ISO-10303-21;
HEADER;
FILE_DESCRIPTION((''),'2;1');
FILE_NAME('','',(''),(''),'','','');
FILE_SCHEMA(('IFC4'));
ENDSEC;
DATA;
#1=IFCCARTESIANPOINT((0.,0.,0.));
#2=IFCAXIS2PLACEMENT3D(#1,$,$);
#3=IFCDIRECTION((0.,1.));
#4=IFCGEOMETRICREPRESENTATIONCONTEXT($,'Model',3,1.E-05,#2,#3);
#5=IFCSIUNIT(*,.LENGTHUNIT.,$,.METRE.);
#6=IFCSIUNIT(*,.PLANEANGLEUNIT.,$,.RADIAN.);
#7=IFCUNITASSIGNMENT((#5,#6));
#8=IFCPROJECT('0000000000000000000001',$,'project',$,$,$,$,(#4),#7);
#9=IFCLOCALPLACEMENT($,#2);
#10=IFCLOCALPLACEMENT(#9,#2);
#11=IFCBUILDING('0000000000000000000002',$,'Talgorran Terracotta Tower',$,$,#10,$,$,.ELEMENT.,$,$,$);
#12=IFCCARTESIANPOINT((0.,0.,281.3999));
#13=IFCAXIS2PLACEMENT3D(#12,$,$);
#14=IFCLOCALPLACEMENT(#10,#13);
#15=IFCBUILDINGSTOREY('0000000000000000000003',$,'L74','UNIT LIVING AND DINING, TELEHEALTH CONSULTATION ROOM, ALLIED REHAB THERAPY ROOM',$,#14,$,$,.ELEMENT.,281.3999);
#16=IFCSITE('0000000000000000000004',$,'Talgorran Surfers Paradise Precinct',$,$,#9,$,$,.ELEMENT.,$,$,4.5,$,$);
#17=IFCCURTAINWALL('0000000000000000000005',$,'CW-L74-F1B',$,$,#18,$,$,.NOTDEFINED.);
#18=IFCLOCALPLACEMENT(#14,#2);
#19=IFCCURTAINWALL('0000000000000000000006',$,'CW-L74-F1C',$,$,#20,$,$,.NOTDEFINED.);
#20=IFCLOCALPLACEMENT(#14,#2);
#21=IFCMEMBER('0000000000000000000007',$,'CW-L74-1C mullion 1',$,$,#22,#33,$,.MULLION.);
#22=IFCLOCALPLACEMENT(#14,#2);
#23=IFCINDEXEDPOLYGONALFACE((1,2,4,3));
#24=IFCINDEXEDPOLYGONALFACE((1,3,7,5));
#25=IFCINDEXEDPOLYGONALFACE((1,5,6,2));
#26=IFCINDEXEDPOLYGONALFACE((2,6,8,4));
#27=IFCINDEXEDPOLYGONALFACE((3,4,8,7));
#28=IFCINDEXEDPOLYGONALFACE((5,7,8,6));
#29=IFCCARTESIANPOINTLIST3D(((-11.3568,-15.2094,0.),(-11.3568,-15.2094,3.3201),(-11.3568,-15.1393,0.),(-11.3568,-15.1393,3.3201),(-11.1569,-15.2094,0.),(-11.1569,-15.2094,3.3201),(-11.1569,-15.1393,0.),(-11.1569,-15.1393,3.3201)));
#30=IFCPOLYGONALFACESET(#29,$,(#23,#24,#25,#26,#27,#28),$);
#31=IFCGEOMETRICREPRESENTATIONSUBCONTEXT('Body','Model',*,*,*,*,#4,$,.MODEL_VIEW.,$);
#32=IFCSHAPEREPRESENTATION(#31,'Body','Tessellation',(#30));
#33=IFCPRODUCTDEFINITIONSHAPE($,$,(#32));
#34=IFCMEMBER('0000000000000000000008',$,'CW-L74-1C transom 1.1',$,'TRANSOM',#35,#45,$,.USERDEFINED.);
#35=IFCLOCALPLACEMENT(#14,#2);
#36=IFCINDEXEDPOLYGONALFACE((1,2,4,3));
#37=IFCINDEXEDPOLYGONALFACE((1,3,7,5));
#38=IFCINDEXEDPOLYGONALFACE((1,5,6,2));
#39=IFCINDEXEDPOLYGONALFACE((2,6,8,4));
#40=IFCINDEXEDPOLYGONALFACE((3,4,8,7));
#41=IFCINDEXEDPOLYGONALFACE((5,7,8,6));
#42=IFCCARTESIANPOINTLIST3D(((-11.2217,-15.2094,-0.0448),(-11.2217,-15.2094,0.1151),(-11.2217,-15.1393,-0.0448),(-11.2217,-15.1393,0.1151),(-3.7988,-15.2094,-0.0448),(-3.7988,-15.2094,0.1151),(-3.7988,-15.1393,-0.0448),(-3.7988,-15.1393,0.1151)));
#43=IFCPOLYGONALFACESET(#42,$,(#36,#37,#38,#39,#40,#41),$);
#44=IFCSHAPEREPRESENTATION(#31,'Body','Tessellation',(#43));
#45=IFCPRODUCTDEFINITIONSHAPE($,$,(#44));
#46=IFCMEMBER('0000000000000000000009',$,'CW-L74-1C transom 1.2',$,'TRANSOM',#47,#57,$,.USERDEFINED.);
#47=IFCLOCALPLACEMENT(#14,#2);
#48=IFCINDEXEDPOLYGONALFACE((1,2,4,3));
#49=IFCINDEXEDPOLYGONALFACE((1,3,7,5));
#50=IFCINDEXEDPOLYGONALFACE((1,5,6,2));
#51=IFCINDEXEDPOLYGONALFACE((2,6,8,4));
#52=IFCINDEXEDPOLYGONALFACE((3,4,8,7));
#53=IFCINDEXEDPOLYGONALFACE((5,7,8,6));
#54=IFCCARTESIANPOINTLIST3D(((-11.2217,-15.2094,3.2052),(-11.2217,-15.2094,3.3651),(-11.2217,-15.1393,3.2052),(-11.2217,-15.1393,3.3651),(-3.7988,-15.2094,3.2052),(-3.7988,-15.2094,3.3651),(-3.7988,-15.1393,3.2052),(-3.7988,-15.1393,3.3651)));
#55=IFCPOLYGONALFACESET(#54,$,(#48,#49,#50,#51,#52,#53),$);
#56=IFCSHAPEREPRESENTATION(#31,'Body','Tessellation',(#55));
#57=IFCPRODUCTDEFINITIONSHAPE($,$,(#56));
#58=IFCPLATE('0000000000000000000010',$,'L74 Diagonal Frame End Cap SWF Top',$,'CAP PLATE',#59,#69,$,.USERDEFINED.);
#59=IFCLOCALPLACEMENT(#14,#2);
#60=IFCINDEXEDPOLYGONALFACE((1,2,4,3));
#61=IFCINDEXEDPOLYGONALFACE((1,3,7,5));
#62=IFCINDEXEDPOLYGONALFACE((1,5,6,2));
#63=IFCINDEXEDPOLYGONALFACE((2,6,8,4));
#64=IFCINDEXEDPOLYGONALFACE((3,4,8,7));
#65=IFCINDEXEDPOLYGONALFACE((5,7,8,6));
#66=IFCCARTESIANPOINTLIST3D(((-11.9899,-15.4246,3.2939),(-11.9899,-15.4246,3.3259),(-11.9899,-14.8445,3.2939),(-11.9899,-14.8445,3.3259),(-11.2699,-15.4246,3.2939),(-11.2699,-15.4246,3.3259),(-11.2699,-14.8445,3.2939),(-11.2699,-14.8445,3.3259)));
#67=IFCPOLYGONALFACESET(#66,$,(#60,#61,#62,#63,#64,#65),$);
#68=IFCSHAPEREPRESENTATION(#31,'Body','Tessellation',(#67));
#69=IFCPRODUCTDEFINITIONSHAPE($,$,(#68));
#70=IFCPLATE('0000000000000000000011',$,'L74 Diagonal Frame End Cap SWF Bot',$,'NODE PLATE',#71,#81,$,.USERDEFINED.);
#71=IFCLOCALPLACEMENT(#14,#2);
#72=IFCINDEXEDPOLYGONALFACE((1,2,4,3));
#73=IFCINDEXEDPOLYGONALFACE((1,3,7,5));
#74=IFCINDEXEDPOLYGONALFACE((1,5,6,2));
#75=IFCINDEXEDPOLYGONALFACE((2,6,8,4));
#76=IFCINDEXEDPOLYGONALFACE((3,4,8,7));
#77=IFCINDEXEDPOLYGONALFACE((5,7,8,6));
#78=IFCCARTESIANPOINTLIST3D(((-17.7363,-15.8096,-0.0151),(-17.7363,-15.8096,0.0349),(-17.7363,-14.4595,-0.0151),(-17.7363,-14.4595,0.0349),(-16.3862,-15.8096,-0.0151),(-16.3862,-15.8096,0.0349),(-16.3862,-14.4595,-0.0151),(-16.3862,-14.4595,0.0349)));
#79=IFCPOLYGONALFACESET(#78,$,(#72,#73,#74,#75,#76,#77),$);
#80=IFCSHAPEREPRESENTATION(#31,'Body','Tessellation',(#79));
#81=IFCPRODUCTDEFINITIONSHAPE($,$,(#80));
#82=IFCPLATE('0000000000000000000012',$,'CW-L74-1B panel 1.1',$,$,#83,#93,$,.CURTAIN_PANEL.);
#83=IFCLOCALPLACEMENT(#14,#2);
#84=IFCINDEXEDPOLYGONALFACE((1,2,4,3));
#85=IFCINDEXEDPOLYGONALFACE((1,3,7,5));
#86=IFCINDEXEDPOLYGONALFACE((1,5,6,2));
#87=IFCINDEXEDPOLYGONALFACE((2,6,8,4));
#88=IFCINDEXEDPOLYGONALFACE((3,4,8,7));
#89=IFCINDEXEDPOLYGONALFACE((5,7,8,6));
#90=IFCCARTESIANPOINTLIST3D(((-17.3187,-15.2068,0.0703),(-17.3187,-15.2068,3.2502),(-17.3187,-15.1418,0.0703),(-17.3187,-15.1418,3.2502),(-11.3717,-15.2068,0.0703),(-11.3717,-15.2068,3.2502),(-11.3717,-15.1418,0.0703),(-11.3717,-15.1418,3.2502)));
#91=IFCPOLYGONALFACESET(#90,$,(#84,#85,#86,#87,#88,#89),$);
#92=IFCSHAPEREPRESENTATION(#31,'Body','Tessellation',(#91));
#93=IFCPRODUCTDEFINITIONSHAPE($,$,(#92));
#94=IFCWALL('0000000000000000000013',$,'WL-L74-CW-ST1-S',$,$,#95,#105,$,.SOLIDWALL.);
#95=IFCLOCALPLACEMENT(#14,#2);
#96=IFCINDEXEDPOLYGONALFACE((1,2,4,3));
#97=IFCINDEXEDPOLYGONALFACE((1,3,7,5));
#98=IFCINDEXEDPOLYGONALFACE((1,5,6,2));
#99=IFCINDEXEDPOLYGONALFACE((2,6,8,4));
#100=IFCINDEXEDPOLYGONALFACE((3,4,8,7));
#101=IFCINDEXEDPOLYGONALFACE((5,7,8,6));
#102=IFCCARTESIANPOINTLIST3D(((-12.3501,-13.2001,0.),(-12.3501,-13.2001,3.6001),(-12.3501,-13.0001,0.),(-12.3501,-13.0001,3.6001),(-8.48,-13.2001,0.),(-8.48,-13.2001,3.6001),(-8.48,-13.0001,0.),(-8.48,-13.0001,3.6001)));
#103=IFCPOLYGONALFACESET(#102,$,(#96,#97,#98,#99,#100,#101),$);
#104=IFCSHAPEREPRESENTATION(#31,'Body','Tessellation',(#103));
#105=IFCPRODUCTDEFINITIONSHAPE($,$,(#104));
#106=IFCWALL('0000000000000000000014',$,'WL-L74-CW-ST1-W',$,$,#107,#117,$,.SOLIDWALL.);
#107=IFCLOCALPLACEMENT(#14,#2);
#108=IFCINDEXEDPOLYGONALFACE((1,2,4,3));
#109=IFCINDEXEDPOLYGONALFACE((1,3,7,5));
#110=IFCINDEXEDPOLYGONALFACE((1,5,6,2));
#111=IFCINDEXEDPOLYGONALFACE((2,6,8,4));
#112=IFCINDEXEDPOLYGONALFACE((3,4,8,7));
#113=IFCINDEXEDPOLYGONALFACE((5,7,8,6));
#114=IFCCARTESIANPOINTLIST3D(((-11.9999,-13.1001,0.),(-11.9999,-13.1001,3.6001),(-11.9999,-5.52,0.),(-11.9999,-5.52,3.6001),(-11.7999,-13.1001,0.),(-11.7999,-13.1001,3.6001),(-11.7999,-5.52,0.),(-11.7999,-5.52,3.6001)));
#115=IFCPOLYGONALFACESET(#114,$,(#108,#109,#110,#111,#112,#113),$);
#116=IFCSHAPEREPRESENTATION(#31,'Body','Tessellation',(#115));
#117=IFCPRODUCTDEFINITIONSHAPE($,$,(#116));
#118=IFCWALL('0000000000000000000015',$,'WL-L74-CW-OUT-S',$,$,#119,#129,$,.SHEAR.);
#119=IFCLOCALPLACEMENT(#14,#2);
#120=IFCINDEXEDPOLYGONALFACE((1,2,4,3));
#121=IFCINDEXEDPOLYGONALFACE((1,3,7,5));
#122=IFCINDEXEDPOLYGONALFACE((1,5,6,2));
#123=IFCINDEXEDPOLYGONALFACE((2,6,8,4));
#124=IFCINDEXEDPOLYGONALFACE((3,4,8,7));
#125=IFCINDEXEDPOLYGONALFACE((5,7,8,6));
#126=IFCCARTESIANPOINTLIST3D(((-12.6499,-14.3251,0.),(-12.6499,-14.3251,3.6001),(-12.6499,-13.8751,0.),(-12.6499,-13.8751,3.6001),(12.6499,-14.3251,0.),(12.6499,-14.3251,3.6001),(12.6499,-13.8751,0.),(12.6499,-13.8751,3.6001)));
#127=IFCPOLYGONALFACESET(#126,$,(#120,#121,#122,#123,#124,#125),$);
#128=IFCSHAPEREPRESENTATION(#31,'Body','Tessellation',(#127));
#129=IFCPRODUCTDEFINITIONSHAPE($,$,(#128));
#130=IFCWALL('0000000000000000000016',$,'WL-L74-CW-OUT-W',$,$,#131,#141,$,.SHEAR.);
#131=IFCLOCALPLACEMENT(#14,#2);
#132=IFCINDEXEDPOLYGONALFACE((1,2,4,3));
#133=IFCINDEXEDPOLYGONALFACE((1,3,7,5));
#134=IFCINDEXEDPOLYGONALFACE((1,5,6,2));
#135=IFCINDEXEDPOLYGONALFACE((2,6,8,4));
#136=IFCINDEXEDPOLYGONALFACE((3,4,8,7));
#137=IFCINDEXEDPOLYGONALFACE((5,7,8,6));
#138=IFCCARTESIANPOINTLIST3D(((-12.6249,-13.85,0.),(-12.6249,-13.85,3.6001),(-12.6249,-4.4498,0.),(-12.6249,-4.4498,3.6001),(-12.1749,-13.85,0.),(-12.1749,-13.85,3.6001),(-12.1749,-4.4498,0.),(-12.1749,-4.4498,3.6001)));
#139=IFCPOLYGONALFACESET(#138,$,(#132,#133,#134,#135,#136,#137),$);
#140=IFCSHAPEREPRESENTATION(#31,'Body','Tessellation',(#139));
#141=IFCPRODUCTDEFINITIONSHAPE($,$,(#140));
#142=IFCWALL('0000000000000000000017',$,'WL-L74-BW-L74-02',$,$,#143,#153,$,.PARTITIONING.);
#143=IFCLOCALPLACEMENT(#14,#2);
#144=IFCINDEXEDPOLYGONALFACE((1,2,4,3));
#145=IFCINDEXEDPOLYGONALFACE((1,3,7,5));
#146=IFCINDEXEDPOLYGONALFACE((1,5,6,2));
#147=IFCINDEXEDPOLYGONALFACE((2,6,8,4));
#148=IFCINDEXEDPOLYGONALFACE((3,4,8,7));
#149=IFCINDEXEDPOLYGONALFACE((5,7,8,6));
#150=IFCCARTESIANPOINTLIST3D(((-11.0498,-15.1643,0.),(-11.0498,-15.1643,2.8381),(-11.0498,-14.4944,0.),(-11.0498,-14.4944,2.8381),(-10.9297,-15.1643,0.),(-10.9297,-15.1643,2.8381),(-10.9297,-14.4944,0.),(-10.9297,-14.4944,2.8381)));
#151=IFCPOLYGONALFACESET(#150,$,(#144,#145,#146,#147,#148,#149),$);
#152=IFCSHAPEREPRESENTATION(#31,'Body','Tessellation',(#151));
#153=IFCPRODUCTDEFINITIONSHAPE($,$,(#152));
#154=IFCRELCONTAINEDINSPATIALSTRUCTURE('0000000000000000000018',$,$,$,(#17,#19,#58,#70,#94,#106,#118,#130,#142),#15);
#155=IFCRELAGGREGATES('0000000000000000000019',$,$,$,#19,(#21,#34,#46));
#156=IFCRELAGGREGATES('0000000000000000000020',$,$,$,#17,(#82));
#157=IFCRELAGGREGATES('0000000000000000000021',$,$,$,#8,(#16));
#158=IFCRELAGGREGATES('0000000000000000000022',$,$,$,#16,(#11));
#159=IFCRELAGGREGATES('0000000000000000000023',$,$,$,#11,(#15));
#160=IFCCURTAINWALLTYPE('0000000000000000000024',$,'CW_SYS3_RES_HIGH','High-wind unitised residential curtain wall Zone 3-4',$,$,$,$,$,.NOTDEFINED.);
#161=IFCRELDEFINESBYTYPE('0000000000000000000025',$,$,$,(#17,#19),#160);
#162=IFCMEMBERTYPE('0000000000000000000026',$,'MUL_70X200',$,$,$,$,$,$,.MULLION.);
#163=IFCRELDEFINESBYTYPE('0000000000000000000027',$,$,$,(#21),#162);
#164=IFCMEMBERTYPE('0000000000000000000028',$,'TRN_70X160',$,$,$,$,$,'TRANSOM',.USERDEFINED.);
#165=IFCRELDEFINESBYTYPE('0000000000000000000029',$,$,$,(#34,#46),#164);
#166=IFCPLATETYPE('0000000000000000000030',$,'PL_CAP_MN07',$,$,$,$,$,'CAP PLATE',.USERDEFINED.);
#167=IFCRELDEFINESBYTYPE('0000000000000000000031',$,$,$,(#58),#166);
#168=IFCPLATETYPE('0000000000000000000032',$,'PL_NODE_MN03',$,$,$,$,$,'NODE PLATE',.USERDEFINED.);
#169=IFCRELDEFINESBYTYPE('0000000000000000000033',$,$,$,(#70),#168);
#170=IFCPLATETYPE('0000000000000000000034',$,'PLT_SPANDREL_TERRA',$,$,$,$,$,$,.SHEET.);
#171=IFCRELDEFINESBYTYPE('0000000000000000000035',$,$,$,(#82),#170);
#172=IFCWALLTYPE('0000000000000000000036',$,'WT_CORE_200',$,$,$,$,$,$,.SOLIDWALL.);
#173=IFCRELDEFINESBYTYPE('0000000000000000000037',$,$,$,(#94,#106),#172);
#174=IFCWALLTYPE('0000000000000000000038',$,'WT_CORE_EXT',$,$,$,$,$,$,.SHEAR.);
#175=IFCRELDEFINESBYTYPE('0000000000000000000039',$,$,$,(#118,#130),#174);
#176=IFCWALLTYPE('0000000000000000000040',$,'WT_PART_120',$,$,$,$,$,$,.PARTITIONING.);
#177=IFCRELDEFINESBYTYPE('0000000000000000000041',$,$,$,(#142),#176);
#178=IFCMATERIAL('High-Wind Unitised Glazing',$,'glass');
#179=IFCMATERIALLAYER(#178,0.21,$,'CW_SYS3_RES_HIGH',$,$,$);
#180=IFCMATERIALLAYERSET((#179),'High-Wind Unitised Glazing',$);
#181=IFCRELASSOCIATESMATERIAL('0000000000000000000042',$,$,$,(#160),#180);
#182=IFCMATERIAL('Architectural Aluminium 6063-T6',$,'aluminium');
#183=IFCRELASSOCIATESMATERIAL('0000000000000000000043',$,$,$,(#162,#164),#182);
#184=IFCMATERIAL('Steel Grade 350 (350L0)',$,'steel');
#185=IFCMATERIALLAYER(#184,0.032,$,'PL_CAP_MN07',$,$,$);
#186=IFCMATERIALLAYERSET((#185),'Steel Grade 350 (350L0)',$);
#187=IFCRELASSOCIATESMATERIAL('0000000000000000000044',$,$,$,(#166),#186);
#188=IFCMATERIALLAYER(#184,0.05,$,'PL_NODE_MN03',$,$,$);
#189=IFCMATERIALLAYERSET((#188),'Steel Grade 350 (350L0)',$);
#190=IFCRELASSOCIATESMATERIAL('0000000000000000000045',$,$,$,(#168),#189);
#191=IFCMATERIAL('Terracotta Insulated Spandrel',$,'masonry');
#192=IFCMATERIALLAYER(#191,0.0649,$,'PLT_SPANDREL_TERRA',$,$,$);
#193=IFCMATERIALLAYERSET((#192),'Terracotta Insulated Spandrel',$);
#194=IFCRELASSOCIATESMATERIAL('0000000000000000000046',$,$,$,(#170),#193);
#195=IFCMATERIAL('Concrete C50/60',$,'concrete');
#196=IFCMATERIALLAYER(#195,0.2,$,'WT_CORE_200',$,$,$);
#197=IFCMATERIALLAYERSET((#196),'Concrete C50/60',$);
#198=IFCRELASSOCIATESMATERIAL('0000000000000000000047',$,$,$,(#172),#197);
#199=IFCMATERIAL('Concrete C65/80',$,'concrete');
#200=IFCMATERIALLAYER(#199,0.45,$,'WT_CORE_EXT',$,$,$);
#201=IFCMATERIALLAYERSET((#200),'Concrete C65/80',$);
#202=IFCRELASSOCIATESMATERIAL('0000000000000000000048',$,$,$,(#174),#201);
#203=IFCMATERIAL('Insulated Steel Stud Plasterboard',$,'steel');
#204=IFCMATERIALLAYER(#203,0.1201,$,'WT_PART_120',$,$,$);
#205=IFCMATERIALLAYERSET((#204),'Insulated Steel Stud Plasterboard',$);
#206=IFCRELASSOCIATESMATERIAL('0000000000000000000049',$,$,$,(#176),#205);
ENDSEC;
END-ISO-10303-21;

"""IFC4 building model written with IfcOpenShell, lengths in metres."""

from ifc_helpers import new_model, si_unit, direction, frame, frame_2d, origin, origin_2d, place, context, subcontext, project, spatial, rectangle, extrude, source, transform, mapped, material, layer, layer_set, material_profile, profile_set, type_object, type_shapes, element, aggregate, save


model = new_model("IFC4")

# Units and contexts
model_context = context("Model", 3, precision=1e-05, world=origin(), true_north=direction((0.0, 1.0)))
body_context = subcontext(model_context, "Body", "Model", "MODEL_VIEW")
ifc_project = project(units=[si_unit("LENGTHUNIT", "METRE"), si_unit("PLANEANGLEUNIT", "RADIAN")], contexts=[model_context])

# Site, building, storey
site_placement = place(None, origin())
site = spatial("IfcSite", under=ifc_project, at=site_placement, Name="Talgorran Surfers Paradise Precinct", CompositionType="ELEMENT", RefElevation=4.5)
building_placement = place(site_placement, origin())
building = spatial("IfcBuilding", under=site, at=building_placement, Name="Talgorran Terracotta Tower", CompositionType="ELEMENT")
storey_placement = place(building_placement, frame((0.0, 0.0, 281.3999)))
storey = spatial("IfcBuildingStorey", under=building, at=storey_placement, Name="L74", Description="UNIT LIVING AND DINING, TELEHEALTH CONSULTATION ROOM, ALLIED REHAB THERAPY ROOM", CompositionType="ELEMENT", Elevation=281.3999)

# Shared definitions
ifc_material_1 = material(Name="Steel Grade 350 (350L0)", Category="steel")

# Curtain wall
ifc_material_2 = material(Name="High-Wind Unitised Glazing", Category="glass")
ifc_layer_1 = layer(ifc_material_2, 0.21, Name="CW_SYS3_RES_HIGH")
ifc_layer_set_1 = layer_set([ifc_layer_1], Name="High-Wind Unitised Glazing")
curtain_wall_type = type_object("IfcCurtainWallType", Name="CW_SYS3_RES_HIGH", Description="High-wind unitised residential curtain wall Zone 3-4", PredefinedType="NOTDEFINED", material=ifc_layer_set_1)
curtain_wall_1_placement = place(storey_placement, origin())
curtain_wall_1 = element("IfcCurtainWall", 1, at=curtain_wall_1_placement, inside=storey, type_object=curtain_wall_type, Name="CW-L74-F1B", PredefinedType="NOTDEFINED")
ifc_material_3 = material(Name="Architectural Aluminium 6063-T6", Category="aluminium")
ifc_material_profile_1 = material_profile(ifc_material_3, rectangle(XDim=0.0701, YDim=0.2, at=origin_2d()), Name="CWM70X200")
ifc_profile_set_1 = profile_set([ifc_material_profile_1], Name="Architectural Aluminium 6063-T6")
member_type_1 = type_object("IfcMemberType", Name="MUL_70X200", PredefinedType="MULLION", material=ifc_profile_set_1)

# Curtain wall, members
curtain_wall_2_placement = place(storey_placement, origin())
curtain_wall_2 = element("IfcCurtainWall", 2, at=curtain_wall_2_placement, inside=storey, type_object=curtain_wall_type, Name="CW-L74-F1C", PredefinedType="NOTDEFINED")
member_1_placement = place(storey_placement, frame((-11.2568, -15.1743, 0.0), z_axis=(0.0, 0.0, 1.0), x_axis=(0.0, 1.0, 0.0)))
member_1 = element("IfcMember", 3, at=member_1_placement, type_object=member_type_1, Name="CW-L74-1C mullion 1", PredefinedType="MULLION", context=body_context, shape_type="SweptSolid", body=[
    extrude(rectangle(XDim=0.0701, YDim=0.2, at=origin_2d()), origin(), (0.0, 0.0, 1.0), 3.3201),
])
ifc_material_profile_2 = material_profile(ifc_material_3, rectangle(XDim=0.0701, YDim=0.1599, at=origin_2d()), Name="CWT70X160")
ifc_profile_set_2 = profile_set([ifc_material_profile_2], Name="Architectural Aluminium 6063-T6")
member_type_2 = type_object("IfcMemberType", Name="TRN_70X160", ElementType="TRANSOM", PredefinedType="USERDEFINED", material=ifc_profile_set_2)
member_2_placement = place(storey_placement, frame((-11.2217, -15.1743, 0.0352), z_axis=(1.0, 0.0, 0.0), x_axis=(0.0, 1.0, 0.0)))
member_2 = element("IfcMember", 4, at=member_2_placement, type_object=member_type_2, Name="CW-L74-1C transom 1.1", ObjectType="TRANSOM", PredefinedType="USERDEFINED", context=body_context, shape_type="SweptSolid", body=[
    extrude(rectangle(XDim=0.0701, YDim=0.1599, at=origin_2d()), origin(), (0.0, 0.0, 1.0), 7.4229),
])
member_3_placement = place(storey_placement, frame((-11.2217, -15.1743, 3.2852), z_axis=(1.0, 0.0, 0.0), x_axis=(0.0, 1.0, 0.0)))
member_3 = element("IfcMember", 5, at=member_3_placement, type_object=member_type_2, Name="CW-L74-1C transom 1.2", ObjectType="TRANSOM", PredefinedType="USERDEFINED", context=body_context, shape_type="SweptSolid", body=[
    extrude(rectangle(XDim=0.0701, YDim=0.1599, at=origin_2d()), origin(), (0.0, 0.0, 1.0), 7.4229),
])
aggregate(curtain_wall_2, [member_1, member_2, member_3])

# Plates
ifc_layer_2 = layer(ifc_material_1, 0.032, Name="PL_CAP_MN07")
ifc_layer_set_2 = layer_set([ifc_layer_2], Name="Steel Grade 350 (350L0)")
plate_type_1 = type_object("IfcPlateType", Name="PL_CAP_MN07", ElementType="CAP PLATE", PredefinedType="USERDEFINED", material=ifc_layer_set_2)
plate_1_placement = place(storey_placement, frame((-11.6299, -15.1345, 3.2939), z_axis=(0.0, 0.0, 1.0), x_axis=(1.0, 0.0, 0.0)))
element("IfcPlate", 6, at=plate_1_placement, inside=storey, type_object=plate_type_1, Name="L74 Diagonal Frame End Cap SWF Top", ObjectType="CAP PLATE", PredefinedType="USERDEFINED", context=body_context, shape_type="SweptSolid", body=[
    extrude(rectangle(XDim=0.72, YDim=0.5801, at=origin_2d()), origin(), (0.0, 0.0, 1.0), 0.032),
])
ifc_layer_3 = layer(ifc_material_1, 0.05, Name="PL_NODE_MN03")
ifc_layer_set_3 = layer_set([ifc_layer_3], Name="Steel Grade 350 (350L0)")
plate_type_2 = type_object("IfcPlateType", Name="PL_NODE_MN03", ElementType="NODE PLATE", PredefinedType="USERDEFINED", material=ifc_layer_set_3)
plate_2_placement = place(storey_placement, frame((-17.0613, -15.1345, -0.0151), z_axis=(0.0, 0.0, 1.0), x_axis=(1.0, 0.0, 0.0)))
element("IfcPlate", 7, at=plate_2_placement, inside=storey, type_object=plate_type_2, Name="L74 Diagonal Frame End Cap SWF Bot", ObjectType="NODE PLATE", PredefinedType="USERDEFINED", context=body_context, shape_type="SweptSolid", body=[
    extrude(rectangle(XDim=1.3501, YDim=1.3501, at=origin_2d()), origin(), (0.0, 0.0, 1.0), 0.05),
])

# Plate
ifc_material_4 = material(Name="Terracotta Insulated Spandrel", Category="masonry")
ifc_layer_4 = layer(ifc_material_4, 0.0649, Name="PLT_SPANDREL_TERRA")
ifc_layer_set_4 = layer_set([ifc_layer_4], Name="Terracotta Insulated Spandrel")
plate_type_3 = type_object("IfcPlateType", Name="PLT_SPANDREL_TERRA", PredefinedType="SHEET", material=ifc_layer_set_4)
shared_shape = source(origin(), body_context, "Body", "SweptSolid", [
    extrude(rectangle(XDim=5.947, YDim=0.0649, at=origin_2d()), origin(), (0.0, 0.0, 1.0), 3.1799),
])
type_shapes(plate_type_3, [shared_shape])
plate_3_placement = place(storey_placement, frame((-14.3452, -15.1743, 0.0703), z_axis=(0.0, 0.0, 1.0), x_axis=(1.0, 0.0, 0.0)))
plate_3 = element("IfcPlate", 8, at=plate_3_placement, type_object=plate_type_3, Name="CW-L74-1B panel 1.1", PredefinedType="CURTAIN_PANEL", context=body_context, shape_type="MappedRepresentation", body=[
    mapped(shared_shape, transform((0.0, 0.0, 0.0), scale=1.0)),
])
aggregate(curtain_wall_1, [plate_3])

# Walls
ifc_material_5 = material(Name="Concrete C50/60", Category="concrete")
ifc_layer_5 = layer(ifc_material_5, 0.2, Name="WT_CORE_200")
ifc_layer_set_5 = layer_set([ifc_layer_5], Name="Concrete C50/60")
wall_type_1 = type_object("IfcWallType", Name="WT_CORE_200", PredefinedType="SOLIDWALL", material=ifc_layer_set_5)
wall_1_placement = place(storey_placement, frame((-12.3501, -13.1001, 0.0), z_axis=(0.0, 0.0, 1.0), x_axis=(1.0, 0.0, 0.0)))
element("IfcWall", 9, at=wall_1_placement, inside=storey, type_object=wall_type_1, Name="WL-L74-CW-ST1-S", PredefinedType="SOLIDWALL", context=body_context, shape_type="SweptSolid", body=[
    extrude(rectangle(XDim=3.8701, YDim=0.2, at=frame_2d((1.9351, 0.0))), origin(), (0.0, 0.0, 1.0), 3.6001),
])
wall_2_placement = place(storey_placement, frame((-11.8999, -13.1001, 0.0), z_axis=(0.0, 0.0, 1.0), x_axis=(0.0, 1.0, 0.0)))
element("IfcWall", 10, at=wall_2_placement, inside=storey, type_object=wall_type_1, Name="WL-L74-CW-ST1-W", PredefinedType="SOLIDWALL", context=body_context, shape_type="SweptSolid", body=[
    extrude(rectangle(XDim=7.5801, YDim=0.2, at=frame_2d((3.79, 0.0))), origin(), (0.0, 0.0, 1.0), 3.6001),
])
ifc_material_6 = material(Name="Concrete C65/80", Category="concrete")
ifc_layer_6 = layer(ifc_material_6, 0.45, Name="WT_CORE_EXT")
ifc_layer_set_6 = layer_set([ifc_layer_6], Name="Concrete C65/80")
wall_type_2 = type_object("IfcWallType", Name="WT_CORE_EXT", PredefinedType="SHEAR", material=ifc_layer_set_6)
wall_3_placement = place(storey_placement, frame((-12.6499, -14.1001, 0.0), z_axis=(0.0, 0.0, 1.0), x_axis=(1.0, 0.0, 0.0)))
element("IfcWall", 11, at=wall_3_placement, inside=storey, type_object=wall_type_2, Name="WL-L74-CW-OUT-S", PredefinedType="SHEAR", context=body_context, shape_type="SweptSolid", body=[
    extrude(rectangle(XDim=25.2998, YDim=0.45, at=frame_2d((12.6499, 0.0))), origin(), (0.0, 0.0, 1.0), 3.6001),
])
wall_4_placement = place(storey_placement, frame((-12.3999, -13.8501, 0.0), z_axis=(0.0, 0.0, 1.0), x_axis=(0.0, 1.0, 0.0)))
element("IfcWall", 12, at=wall_4_placement, inside=storey, type_object=wall_type_2, Name="WL-L74-CW-OUT-W", PredefinedType="SHEAR", context=body_context, shape_type="SweptSolid", body=[
    extrude(rectangle(XDim=9.4001, YDim=0.45, at=frame_2d((4.7002, 0.0))), origin(), (0.0, 0.0, 1.0), 3.6001),
])
ifc_material_7 = material(Name="Insulated Steel Stud Plasterboard", Category="steel")
ifc_layer_7 = layer(ifc_material_7, 0.1201, Name="WT_PART_120")
ifc_layer_set_7 = layer_set([ifc_layer_7], Name="Insulated Steel Stud Plasterboard")
wall_type_3 = type_object("IfcWallType", Name="WT_PART_120", PredefinedType="PARTITIONING", material=ifc_layer_set_7)
wall_5_placement = place(storey_placement, frame((-10.9897, -14.4944, 0.0), z_axis=(0.0, 0.0, 1.0), x_axis=(0.0, -1.0, 0.0)))
element("IfcWall", 13, at=wall_5_placement, inside=storey, type_object=wall_type_3, Name="WL-L74-BW-L74-02", PredefinedType="PARTITIONING", context=body_context, shape_type="SweptSolid", body=[
    extrude(rectangle(XDim=0.6699, YDim=0.1201, at=frame_2d((0.335, 0.0))), origin(), (0.0, 0.0, 1.0), 2.8381),
])

save(model, "model.ifc")
